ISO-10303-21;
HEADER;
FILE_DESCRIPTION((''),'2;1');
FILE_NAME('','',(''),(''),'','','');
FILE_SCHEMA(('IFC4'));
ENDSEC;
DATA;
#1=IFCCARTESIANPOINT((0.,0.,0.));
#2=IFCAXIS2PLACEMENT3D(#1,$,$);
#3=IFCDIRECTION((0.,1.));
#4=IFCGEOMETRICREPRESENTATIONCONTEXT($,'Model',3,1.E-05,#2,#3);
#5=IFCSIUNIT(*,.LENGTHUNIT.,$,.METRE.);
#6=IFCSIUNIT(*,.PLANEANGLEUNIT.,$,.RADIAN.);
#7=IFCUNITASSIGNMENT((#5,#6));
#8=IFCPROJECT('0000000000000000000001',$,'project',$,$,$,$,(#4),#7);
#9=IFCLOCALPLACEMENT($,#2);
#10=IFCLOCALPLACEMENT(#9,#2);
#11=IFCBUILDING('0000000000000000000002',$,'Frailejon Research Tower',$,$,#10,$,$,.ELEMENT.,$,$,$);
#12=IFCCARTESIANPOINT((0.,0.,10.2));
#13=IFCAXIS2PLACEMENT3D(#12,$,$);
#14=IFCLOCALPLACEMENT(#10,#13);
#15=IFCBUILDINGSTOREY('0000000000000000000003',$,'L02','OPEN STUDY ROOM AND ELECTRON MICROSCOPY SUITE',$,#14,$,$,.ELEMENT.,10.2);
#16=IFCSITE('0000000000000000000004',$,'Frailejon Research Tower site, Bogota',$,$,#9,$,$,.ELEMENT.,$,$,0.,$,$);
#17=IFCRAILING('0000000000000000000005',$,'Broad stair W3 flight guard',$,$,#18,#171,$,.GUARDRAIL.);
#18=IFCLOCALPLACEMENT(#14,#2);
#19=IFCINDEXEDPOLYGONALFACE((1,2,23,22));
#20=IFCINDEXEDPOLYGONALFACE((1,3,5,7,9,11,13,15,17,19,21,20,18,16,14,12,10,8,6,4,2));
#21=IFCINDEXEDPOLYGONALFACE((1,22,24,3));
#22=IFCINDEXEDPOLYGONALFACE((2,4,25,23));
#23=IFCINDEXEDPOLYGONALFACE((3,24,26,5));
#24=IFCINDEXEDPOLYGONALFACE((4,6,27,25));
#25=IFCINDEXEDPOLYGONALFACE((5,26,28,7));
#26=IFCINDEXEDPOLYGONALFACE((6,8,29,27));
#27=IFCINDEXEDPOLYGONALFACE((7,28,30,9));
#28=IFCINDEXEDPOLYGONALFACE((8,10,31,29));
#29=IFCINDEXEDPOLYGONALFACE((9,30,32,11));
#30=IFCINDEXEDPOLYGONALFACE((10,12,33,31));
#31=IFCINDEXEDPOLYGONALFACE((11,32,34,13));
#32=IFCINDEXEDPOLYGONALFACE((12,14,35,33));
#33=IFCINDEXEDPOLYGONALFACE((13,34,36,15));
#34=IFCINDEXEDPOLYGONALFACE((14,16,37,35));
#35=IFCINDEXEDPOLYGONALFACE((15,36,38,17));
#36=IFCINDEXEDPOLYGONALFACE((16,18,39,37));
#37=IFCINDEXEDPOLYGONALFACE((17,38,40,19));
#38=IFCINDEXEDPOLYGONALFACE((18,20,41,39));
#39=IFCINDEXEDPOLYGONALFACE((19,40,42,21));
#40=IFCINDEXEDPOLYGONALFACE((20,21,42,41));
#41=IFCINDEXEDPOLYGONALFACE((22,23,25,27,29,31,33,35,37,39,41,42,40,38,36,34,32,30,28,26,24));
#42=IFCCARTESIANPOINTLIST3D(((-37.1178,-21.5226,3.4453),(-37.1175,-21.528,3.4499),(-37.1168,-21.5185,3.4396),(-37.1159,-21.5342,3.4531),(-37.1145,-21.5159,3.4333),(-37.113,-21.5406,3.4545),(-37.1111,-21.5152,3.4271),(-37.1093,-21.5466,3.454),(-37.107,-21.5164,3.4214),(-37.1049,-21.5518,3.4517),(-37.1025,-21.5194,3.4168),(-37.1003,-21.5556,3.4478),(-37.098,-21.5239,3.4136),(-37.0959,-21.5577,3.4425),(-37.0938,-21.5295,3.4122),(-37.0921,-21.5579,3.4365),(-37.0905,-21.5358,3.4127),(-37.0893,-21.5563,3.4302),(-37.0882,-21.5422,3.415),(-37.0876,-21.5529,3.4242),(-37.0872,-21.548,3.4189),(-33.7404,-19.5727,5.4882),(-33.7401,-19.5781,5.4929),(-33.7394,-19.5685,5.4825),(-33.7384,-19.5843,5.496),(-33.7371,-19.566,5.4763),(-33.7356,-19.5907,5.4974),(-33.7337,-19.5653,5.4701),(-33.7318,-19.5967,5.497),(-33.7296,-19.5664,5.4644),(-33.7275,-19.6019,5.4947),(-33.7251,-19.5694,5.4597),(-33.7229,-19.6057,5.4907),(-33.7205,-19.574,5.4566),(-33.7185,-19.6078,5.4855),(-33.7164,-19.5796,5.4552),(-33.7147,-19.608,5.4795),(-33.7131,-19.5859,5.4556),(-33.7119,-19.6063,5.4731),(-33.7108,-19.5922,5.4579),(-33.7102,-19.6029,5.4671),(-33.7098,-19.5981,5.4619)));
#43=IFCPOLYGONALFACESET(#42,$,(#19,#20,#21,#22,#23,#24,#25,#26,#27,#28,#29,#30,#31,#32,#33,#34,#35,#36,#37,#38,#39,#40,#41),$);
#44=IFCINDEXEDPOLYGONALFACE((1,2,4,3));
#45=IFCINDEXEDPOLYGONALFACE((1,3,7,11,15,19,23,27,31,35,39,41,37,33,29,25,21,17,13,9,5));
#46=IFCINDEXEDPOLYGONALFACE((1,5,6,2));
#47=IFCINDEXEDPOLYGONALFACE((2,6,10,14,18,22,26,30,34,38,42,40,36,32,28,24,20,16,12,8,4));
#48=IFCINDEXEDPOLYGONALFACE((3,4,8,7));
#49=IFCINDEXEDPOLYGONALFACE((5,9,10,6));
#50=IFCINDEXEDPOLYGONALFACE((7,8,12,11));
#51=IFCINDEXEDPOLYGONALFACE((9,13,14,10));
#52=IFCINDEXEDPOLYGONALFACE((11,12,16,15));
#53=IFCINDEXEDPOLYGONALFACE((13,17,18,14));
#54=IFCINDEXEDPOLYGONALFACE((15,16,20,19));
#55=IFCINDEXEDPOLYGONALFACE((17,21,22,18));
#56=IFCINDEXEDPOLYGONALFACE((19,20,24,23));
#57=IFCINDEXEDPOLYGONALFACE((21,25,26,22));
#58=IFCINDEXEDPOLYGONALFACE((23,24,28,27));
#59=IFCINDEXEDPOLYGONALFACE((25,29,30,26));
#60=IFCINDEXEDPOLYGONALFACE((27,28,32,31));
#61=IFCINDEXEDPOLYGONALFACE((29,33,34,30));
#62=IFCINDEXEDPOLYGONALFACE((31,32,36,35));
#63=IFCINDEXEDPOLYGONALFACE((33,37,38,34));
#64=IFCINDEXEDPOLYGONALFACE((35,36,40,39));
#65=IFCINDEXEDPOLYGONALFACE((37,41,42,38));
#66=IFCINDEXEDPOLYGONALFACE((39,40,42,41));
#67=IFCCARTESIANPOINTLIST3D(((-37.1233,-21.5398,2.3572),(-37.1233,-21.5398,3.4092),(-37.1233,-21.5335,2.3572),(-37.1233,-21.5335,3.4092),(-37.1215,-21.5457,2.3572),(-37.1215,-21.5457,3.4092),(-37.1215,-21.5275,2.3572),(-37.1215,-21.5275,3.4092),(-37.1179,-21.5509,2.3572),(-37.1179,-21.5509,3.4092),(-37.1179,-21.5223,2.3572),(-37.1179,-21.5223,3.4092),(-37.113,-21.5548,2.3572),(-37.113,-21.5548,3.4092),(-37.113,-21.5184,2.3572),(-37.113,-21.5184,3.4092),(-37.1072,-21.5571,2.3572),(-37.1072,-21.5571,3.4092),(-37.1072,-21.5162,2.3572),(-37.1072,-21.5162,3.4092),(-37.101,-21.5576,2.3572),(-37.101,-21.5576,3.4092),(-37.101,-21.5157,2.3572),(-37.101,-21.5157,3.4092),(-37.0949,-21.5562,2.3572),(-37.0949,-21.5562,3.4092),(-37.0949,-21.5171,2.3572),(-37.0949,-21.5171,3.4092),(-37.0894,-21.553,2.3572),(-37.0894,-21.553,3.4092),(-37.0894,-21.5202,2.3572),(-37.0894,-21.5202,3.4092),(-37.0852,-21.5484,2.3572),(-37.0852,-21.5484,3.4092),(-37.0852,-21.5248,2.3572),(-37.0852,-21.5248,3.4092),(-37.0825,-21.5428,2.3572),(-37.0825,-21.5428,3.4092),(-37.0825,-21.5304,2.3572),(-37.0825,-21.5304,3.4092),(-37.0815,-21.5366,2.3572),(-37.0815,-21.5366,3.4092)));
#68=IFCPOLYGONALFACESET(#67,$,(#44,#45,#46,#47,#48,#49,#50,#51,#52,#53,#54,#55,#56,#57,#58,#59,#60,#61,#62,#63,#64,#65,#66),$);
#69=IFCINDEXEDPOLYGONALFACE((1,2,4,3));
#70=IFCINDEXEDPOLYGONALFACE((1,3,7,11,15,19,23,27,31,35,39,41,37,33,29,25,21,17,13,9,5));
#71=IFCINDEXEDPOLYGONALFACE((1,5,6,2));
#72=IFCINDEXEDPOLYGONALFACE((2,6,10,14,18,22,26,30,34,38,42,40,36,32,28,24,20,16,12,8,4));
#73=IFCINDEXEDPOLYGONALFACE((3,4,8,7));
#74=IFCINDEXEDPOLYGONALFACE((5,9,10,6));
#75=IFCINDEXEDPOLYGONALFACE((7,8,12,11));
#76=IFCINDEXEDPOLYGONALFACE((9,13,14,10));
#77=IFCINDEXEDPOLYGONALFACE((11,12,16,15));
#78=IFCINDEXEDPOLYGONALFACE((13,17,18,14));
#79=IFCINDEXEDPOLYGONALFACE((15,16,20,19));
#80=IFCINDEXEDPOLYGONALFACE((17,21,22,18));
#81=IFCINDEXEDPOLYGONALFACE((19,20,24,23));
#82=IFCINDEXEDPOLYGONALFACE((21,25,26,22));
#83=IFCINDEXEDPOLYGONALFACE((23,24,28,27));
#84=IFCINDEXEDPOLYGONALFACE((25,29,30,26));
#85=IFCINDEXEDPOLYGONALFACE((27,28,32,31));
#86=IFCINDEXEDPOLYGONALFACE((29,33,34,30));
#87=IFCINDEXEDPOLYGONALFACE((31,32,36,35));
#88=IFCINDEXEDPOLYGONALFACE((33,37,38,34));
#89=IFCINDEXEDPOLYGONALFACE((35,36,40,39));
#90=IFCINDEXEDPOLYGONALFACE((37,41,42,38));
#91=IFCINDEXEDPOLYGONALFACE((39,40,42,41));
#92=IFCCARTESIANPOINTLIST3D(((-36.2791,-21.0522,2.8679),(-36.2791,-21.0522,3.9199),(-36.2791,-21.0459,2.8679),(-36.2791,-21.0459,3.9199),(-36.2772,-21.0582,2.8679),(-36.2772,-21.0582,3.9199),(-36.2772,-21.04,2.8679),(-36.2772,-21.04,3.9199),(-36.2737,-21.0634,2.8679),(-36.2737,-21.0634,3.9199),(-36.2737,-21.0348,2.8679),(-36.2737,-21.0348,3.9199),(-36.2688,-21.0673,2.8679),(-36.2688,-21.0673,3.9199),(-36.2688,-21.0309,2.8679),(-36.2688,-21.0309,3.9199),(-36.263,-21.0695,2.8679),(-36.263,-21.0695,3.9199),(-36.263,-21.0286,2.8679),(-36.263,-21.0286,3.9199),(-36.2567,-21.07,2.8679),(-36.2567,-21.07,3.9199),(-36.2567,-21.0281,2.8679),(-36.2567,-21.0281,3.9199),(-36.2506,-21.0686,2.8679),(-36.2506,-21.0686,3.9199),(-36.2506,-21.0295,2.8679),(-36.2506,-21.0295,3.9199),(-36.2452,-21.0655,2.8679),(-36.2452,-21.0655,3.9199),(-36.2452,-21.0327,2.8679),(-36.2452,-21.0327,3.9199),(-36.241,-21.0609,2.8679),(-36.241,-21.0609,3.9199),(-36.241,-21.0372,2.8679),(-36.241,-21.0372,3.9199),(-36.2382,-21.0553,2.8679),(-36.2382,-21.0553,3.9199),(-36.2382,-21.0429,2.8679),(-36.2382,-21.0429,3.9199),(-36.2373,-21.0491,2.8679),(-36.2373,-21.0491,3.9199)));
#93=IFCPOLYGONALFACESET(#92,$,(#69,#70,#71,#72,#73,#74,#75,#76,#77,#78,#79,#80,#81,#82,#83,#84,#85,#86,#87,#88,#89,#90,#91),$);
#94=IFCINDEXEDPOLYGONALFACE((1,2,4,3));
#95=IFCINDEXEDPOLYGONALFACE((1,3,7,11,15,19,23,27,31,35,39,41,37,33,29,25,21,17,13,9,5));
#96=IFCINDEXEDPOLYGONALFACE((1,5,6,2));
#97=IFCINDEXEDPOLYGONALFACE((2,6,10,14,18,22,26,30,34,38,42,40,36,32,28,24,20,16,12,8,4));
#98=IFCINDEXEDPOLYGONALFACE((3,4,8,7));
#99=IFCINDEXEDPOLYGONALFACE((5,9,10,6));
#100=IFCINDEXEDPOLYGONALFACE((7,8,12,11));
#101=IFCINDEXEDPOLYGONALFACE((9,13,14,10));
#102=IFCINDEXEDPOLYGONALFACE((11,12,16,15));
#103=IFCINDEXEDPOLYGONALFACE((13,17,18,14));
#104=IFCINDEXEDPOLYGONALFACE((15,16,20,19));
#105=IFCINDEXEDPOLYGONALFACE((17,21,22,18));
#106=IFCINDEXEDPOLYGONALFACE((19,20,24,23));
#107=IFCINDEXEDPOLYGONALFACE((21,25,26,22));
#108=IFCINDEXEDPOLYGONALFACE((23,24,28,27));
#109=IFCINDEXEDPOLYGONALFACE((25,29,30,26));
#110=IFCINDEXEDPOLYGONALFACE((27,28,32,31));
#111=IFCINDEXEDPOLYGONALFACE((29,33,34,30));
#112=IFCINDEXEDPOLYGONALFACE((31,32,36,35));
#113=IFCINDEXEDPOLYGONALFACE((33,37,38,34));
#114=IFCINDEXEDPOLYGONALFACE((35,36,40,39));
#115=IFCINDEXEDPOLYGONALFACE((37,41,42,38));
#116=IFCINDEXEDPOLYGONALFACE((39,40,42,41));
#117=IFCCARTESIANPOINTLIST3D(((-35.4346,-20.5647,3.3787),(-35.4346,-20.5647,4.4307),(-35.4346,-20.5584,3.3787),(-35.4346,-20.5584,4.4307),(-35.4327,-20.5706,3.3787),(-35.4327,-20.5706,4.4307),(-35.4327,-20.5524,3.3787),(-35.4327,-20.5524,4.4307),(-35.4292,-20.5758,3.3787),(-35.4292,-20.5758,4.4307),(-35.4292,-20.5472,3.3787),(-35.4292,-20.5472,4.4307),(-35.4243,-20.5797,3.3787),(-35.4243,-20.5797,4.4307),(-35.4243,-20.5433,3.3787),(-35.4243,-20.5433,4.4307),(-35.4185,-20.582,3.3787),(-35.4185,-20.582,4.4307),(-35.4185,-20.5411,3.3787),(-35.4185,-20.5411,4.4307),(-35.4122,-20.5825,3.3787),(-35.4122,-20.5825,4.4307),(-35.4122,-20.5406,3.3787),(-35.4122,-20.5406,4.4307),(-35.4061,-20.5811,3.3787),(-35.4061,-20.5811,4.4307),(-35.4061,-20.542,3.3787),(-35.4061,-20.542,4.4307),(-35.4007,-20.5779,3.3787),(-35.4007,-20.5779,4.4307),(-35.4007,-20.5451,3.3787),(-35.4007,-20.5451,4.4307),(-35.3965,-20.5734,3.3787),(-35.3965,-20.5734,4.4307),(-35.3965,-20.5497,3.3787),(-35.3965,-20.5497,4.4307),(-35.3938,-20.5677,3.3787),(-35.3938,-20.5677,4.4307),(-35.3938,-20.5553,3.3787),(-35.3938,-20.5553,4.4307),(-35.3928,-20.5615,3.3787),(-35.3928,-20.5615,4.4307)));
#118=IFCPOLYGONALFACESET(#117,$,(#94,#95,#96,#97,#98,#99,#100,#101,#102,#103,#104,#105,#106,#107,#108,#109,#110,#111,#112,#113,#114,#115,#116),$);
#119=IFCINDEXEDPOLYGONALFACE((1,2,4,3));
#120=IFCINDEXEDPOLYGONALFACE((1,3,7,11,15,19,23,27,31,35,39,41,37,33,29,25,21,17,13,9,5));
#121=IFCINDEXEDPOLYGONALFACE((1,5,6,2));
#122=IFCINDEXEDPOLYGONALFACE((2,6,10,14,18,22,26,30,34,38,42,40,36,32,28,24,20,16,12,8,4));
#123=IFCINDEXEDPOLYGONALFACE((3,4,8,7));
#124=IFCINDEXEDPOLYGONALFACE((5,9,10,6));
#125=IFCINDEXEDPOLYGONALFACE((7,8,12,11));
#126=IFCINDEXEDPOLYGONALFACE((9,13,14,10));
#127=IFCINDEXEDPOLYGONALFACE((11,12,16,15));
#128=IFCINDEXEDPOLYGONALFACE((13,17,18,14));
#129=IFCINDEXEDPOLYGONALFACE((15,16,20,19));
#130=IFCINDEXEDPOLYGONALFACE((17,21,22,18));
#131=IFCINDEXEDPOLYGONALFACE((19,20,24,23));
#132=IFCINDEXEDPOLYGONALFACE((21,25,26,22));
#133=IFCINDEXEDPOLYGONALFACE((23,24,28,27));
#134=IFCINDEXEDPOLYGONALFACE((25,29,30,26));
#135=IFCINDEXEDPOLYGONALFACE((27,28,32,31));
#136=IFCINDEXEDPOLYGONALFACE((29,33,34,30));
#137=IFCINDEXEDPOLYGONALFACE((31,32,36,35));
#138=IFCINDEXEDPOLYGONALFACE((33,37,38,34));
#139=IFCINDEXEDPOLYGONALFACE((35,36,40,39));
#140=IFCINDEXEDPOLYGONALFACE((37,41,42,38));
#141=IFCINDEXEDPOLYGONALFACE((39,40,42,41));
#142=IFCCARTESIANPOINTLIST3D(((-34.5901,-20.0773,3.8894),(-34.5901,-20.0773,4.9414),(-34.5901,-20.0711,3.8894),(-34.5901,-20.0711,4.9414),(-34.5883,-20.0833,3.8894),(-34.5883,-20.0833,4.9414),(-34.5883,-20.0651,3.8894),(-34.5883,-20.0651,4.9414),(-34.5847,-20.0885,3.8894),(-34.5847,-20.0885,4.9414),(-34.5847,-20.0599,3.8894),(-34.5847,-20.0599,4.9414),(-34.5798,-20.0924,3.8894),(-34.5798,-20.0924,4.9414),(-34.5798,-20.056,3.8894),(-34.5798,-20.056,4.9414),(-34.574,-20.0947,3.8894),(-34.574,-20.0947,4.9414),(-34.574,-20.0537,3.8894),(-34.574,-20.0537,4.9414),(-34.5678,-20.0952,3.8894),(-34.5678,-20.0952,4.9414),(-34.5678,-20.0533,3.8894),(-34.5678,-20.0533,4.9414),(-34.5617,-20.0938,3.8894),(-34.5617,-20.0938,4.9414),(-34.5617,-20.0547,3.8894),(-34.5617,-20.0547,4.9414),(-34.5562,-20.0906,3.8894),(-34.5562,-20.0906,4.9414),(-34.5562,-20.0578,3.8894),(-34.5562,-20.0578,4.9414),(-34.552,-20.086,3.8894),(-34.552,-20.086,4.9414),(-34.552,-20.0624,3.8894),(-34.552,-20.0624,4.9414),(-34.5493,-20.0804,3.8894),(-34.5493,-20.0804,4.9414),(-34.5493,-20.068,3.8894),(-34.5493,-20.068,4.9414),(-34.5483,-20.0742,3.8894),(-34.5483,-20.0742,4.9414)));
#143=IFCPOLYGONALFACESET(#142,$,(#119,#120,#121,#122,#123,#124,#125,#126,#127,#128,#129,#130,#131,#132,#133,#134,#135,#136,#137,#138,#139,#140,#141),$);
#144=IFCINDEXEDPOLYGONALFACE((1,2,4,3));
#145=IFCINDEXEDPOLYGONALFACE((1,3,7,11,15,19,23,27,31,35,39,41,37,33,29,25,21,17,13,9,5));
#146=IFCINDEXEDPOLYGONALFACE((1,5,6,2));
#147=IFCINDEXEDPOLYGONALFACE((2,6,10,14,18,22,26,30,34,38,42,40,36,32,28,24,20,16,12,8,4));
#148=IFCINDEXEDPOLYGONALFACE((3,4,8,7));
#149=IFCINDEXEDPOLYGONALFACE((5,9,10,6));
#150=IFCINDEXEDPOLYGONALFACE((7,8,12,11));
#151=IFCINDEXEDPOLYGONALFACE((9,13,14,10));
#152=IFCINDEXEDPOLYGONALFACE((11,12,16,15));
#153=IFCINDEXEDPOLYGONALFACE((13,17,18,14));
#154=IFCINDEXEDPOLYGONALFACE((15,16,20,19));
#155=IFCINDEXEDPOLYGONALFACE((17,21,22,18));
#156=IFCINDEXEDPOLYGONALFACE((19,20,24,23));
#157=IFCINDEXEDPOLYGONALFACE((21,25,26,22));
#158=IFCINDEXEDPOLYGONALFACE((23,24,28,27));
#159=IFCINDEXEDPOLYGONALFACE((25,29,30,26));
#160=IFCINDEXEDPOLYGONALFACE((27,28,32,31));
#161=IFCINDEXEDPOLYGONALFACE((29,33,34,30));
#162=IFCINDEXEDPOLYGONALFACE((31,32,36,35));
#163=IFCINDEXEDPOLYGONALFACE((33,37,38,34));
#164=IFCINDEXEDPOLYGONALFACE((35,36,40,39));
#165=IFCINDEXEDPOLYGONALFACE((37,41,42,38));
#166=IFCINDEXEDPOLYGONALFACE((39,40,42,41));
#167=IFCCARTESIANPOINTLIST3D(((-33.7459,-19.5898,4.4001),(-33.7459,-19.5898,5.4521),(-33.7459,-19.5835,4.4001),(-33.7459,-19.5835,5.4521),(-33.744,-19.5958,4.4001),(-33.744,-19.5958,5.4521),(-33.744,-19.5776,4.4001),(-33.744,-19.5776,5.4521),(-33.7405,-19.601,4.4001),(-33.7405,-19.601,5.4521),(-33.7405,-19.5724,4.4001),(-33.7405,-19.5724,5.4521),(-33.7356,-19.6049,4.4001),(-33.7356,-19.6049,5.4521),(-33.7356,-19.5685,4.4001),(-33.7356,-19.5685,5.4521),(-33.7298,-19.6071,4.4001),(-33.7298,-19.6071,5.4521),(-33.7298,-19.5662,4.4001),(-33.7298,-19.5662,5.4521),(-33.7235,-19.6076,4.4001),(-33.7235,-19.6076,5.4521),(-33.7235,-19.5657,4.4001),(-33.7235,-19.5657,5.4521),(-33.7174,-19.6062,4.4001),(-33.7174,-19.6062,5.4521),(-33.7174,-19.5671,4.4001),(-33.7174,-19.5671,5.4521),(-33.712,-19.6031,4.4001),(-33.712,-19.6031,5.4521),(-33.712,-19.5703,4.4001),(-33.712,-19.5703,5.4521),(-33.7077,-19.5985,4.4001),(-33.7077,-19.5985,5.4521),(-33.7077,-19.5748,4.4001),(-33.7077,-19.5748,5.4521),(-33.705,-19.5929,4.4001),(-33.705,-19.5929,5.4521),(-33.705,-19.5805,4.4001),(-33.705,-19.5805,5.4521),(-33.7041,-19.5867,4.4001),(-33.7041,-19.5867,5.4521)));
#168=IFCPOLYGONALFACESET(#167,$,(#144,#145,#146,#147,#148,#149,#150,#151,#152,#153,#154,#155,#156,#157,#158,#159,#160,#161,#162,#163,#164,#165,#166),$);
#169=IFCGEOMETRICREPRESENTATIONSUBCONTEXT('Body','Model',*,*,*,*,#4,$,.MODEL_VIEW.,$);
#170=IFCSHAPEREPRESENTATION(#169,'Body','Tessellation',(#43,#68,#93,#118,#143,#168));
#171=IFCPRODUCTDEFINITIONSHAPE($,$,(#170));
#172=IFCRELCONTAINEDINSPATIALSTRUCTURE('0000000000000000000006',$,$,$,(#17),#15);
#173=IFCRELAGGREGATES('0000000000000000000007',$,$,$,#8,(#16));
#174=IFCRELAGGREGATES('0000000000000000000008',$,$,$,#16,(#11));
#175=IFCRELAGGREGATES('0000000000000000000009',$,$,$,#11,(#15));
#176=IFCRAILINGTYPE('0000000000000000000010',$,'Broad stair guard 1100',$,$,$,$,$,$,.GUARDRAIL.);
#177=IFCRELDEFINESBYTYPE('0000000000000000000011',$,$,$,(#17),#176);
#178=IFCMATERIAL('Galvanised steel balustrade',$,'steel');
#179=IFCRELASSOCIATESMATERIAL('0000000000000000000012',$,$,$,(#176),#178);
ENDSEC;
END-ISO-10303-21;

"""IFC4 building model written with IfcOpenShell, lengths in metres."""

from ifc_helpers import new_model, si_unit, direction, frame, origin, origin_2d, place, context, subcontext, project, spatial, circle, extrude, material, type_object, element, save


model = new_model("IFC4")

# Units and contexts
model_context = context("Model", 3, precision=1e-05, world=origin(), true_north=direction((0.0, 1.0)))
body_context = subcontext(model_context, "Body", "Model", "MODEL_VIEW")
ifc_project = project(units=[si_unit("LENGTHUNIT", "METRE"), si_unit("PLANEANGLEUNIT", "RADIAN")], contexts=[model_context])

# Site, building, storey
site_placement = place(None, origin())
site = spatial("IfcSite", under=ifc_project, at=site_placement, Name="Frailejon Research Tower site, Bogota", CompositionType="ELEMENT", RefElevation=0.0)
building_placement = place(site_placement, origin())
building = spatial("IfcBuilding", under=site, at=building_placement, Name="Frailejon Research Tower", CompositionType="ELEMENT")
storey_placement = place(building_placement, frame((0.0, 0.0, 10.2)))
storey = spatial("IfcBuildingStorey", under=building, at=storey_placement, Name="L02", Description="OPEN STUDY ROOM AND ELECTRON MICROSCOPY SUITE", CompositionType="ELEMENT", Elevation=10.2)

# Railing
ifc_material_1 = material(Name="Galvanised steel balustrade", Category="steel")
railing_type_1 = type_object("IfcRailingType", Name="Broad stair guard 1100", PredefinedType="GUARDRAIL", material=ifc_material_1)
railing_1_placement = place(storey_placement, frame((-37.1025, -21.5366, 2.3572)))
element("IfcRailing", 1, at=railing_1_placement, inside=storey, type_object=railing_type_1, Name="Broad stair W3 flight guard", PredefinedType="GUARDRAIL", context=body_context, shape_type="SweptSolid", body=[
    extrude(circle(Radius=0.0239, at=origin_2d()), frame((0.0, 0.0, 1.0762), z_axis=(0.767142, 0.442906, 0.464034), x_axis=(-0.499997, 0.866027, 0.0)), (0.0, 0.0, 1.0), 4.4026),
    extrude(circle(Radius=0.021, at=origin_2d()), origin(), (0.0, 0.0, 1.0), 1.052),
    extrude(circle(Radius=0.021, at=origin_2d()), frame((0.8442, 0.4875, 0.5107)), (0.0, 0.0, 1.0), 1.052),
    extrude(circle(Radius=0.021, at=origin_2d()), frame((1.6887, 0.9751, 1.0215)), (0.0, 0.0, 1.0), 1.052),
    extrude(circle(Radius=0.021, at=origin_2d()), frame((2.5332, 1.4624, 1.5322)), (0.0, 0.0, 1.0), 1.052),
    extrude(circle(Radius=0.021, at=origin_2d()), frame((3.3774, 1.95, 2.043)), (0.0, 0.0, 1.0), 1.052),
])

save(model, "model.ifc")
